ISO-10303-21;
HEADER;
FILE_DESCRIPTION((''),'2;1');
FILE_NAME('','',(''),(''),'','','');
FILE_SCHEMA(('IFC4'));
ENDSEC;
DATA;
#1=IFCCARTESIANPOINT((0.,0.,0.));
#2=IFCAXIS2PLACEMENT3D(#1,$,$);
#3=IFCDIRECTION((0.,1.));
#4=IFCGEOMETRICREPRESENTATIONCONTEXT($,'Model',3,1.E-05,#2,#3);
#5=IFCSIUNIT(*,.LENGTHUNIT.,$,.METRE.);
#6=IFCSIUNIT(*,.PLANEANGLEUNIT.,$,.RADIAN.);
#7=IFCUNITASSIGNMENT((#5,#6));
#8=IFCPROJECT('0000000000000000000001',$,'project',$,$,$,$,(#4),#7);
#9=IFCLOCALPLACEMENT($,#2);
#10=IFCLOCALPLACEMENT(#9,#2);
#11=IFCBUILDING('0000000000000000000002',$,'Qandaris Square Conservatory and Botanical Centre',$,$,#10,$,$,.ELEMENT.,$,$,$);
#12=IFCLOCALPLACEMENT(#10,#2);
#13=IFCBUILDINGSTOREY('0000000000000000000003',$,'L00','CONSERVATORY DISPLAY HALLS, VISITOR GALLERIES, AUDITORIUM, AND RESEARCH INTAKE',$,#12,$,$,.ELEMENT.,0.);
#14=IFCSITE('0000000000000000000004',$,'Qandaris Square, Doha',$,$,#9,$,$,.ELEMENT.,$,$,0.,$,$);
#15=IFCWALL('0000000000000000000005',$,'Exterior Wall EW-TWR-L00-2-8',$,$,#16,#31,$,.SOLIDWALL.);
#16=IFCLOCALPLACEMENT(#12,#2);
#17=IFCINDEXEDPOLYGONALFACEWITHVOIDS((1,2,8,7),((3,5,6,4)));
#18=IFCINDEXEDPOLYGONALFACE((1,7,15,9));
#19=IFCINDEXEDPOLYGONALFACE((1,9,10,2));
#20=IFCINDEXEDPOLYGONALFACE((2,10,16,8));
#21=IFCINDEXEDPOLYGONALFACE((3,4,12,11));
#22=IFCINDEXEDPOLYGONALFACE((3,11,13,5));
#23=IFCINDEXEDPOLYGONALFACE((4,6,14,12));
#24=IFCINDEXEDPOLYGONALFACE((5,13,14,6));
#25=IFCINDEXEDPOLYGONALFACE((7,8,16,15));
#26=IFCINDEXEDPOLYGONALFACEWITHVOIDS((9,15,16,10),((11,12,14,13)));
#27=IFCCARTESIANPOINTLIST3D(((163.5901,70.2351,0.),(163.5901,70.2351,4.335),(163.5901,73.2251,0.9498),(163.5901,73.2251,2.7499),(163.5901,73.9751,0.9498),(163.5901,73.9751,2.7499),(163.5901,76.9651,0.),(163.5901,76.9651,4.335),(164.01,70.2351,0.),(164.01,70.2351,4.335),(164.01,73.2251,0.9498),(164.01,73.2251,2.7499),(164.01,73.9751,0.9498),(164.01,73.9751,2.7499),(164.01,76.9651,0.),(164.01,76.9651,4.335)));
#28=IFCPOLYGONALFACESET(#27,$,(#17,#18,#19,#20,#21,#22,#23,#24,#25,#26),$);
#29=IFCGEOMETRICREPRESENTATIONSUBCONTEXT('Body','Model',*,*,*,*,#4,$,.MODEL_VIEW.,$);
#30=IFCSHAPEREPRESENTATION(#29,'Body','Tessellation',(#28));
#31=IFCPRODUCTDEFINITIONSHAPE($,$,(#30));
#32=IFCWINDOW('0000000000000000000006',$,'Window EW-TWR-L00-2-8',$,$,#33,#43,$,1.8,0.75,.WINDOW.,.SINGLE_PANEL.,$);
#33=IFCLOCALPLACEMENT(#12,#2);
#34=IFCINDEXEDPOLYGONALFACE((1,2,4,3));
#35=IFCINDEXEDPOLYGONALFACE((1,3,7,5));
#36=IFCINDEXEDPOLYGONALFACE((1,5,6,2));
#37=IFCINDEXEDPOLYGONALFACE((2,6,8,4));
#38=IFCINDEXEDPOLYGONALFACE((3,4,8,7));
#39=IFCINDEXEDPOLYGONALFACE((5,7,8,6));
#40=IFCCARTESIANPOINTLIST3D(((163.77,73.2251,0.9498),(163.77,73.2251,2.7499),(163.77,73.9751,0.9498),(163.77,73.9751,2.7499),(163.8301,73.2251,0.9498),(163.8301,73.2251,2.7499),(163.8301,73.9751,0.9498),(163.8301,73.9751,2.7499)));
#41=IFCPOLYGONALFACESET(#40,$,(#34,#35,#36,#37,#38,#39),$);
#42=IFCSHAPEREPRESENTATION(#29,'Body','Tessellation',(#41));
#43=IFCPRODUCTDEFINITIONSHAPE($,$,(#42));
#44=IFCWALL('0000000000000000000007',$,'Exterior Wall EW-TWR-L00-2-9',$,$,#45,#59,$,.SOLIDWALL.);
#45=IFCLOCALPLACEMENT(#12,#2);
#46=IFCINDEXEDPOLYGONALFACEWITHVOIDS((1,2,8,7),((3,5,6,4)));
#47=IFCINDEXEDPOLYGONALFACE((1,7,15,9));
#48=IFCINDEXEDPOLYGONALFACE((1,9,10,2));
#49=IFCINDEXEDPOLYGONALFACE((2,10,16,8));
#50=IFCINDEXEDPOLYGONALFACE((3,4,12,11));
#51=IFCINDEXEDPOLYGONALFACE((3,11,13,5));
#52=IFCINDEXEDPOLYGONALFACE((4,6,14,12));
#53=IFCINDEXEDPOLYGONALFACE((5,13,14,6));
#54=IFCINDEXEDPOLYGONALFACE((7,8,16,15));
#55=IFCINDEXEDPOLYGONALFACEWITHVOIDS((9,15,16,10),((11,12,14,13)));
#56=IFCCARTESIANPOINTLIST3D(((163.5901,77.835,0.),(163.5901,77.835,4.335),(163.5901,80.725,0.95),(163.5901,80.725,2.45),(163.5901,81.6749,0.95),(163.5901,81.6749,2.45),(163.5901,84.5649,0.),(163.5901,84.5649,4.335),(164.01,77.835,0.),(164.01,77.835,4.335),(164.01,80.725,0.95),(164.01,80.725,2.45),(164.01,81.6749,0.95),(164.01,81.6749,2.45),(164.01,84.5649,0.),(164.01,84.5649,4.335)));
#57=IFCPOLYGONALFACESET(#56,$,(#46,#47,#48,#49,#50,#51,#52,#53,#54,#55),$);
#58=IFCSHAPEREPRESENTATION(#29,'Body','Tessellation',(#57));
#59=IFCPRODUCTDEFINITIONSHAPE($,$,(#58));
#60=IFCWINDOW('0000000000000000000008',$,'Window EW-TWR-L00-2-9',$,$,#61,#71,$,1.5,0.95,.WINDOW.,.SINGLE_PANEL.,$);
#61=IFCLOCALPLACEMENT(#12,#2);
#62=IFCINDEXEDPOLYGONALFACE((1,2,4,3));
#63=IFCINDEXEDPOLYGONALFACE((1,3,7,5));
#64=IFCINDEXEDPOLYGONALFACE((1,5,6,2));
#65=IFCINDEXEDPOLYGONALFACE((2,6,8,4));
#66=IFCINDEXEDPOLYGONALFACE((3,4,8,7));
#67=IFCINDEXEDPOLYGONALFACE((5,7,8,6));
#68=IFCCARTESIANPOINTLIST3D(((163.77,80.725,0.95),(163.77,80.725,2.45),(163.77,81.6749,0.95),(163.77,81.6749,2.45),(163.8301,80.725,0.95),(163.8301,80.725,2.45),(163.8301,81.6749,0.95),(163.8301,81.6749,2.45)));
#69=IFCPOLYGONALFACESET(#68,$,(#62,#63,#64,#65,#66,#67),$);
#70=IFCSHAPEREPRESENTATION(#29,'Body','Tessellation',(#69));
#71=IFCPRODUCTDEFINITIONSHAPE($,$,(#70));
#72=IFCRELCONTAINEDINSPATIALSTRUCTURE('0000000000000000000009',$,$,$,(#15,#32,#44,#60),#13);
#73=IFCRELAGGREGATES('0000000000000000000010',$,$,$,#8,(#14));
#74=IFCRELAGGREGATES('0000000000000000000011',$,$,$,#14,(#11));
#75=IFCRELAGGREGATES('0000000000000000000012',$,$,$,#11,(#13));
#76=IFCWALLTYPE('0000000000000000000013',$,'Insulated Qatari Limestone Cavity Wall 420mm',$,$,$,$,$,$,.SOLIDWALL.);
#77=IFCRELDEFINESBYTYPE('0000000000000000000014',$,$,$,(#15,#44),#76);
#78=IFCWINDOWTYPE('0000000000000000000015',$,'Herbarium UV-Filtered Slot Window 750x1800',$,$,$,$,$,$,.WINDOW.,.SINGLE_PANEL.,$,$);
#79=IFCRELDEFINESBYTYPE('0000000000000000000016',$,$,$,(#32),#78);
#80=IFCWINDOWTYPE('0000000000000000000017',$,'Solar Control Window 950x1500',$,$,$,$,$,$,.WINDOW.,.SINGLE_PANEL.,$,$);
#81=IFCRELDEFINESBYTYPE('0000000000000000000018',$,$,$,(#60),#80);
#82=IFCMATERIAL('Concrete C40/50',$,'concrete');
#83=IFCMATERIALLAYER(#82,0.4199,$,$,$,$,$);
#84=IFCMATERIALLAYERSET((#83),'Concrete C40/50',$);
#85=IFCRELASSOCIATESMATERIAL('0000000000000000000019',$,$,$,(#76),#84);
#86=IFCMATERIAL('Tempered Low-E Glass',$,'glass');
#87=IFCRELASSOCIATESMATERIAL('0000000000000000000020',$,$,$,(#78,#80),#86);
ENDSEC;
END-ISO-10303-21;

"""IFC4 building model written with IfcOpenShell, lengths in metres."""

from ifc_helpers import new_model, si_unit, direction, frame, frame_2d, origin, place, context, subcontext, project, spatial, rectangle, extrude, material, layer, layer_set, type_object, element, fill, save


model = new_model("IFC4")

# Units and contexts
model_context = context("Model", 3, precision=1e-05, world=origin(), true_north=direction((0.0, 1.0)))
body_context = subcontext(model_context, "Body", "Model", "MODEL_VIEW")
ifc_project = project(units=[si_unit("LENGTHUNIT", "METRE"), si_unit("PLANEANGLEUNIT", "RADIAN")], contexts=[model_context])

# Site, building, storey
site_placement = place(None, origin())
site = spatial("IfcSite", under=ifc_project, at=site_placement, Name="Qandaris Square, Doha", CompositionType="ELEMENT", RefElevation=0.0)
building_placement = place(site_placement, origin())
building = spatial("IfcBuilding", under=site, at=building_placement, Name="Qandaris Square Conservatory and Botanical Centre", CompositionType="ELEMENT")
storey_placement = place(building_placement, origin())
storey = spatial("IfcBuildingStorey", under=building, at=storey_placement, Name="L00", Description="CONSERVATORY DISPLAY HALLS, VISITOR GALLERIES, AUDITORIUM, AND RESEARCH INTAKE", CompositionType="ELEMENT", Elevation=0.0)

# Shared definitions
ifc_material_1 = material(Name="Concrete C40/50", Category="concrete")

# Walls, openings, windows
ifc_layer = layer(ifc_material_1, 0.4199)
ifc_layer_set = layer_set([ifc_layer], Name="Concrete C40/50")
wall_type = type_object("IfcWallType", Name="Insulated Qatari Limestone Cavity Wall 420mm", PredefinedType="SOLIDWALL", material=ifc_layer_set)
wall_1_placement = place(storey_placement, frame((163.8, 70.2351, 0.0), z_axis=(0.0, 0.0, 1.0), x_axis=(0.0, 1.0, 0.0)))
wall_1 = element("IfcWall", 1, at=wall_1_placement, inside=storey, type_object=wall_type, Name="Exterior Wall EW-TWR-L00-2-8", PredefinedType="SOLIDWALL", context=body_context, shape_type="SweptSolid", body=[
    extrude(rectangle(XDim=6.73, YDim=0.4199, at=frame_2d((3.365, 0.0))), origin(), (0.0, 0.0, 1.0), 4.335),
])
opening_1_placement = place(wall_1_placement, frame((2.99, 0.0, 0.95)))
opening_1 = element("IfcOpeningElement", 2, at=opening_1_placement, cuts=wall_1, PredefinedType="OPENING", context=body_context, shape_type="SweptSolid", body=[
    extrude(rectangle(XDim=0.75, YDim=1.8, at=frame_2d((0.375, 0.8999))), frame((0.0, 0.2219, 0.0), z_axis=(0.0, -1.0, 0.0), x_axis=(1.0, 0.0, 0.0)), (0.0, 0.0, 1.0), 0.4438),
])
ifc_material_2 = material(Name="Tempered Low-E Glass", Category="glass")
window_type_1 = type_object("IfcWindowType", Name="Herbarium UV-Filtered Slot Window 750x1800", PartitioningType="SINGLE_PANEL", PredefinedType="WINDOW", material=ifc_material_2)
window_1_placement = place(opening_1_placement, origin())
window_1 = element("IfcWindow", 3, at=window_1_placement, inside=storey, type_object=window_type_1, Name="Window EW-TWR-L00-2-8", OverallHeight=1.8, OverallWidth=0.75, PartitioningType="SINGLE_PANEL", PredefinedType="WINDOW", context=body_context, shape_type="SweptSolid", body=[
    extrude(rectangle(XDim=0.75, YDim=1.8, at=frame_2d((0.375, 0.8999))), frame((0.0, 0.03, 0.0), z_axis=(0.0, -1.0, 0.0), x_axis=(1.0, 0.0, 0.0)), (0.0, 0.0, 1.0), 0.0601),
])
fill(opening_1, window_1)
wall_2_placement = place(storey_placement, frame((163.8, 77.835, 0.0), z_axis=(0.0, 0.0, 1.0), x_axis=(0.0, 1.0, 0.0)))
wall_2 = element("IfcWall", 4, at=wall_2_placement, inside=storey, type_object=wall_type, Name="Exterior Wall EW-TWR-L00-2-9", PredefinedType="SOLIDWALL", context=body_context, shape_type="SweptSolid", body=[
    extrude(rectangle(XDim=6.73, YDim=0.4199, at=frame_2d((3.365, 0.0))), origin(), (0.0, 0.0, 1.0), 4.335),
])
opening_2_placement = place(wall_2_placement, frame((2.8899, 0.0, 0.95)))
opening_2 = element("IfcOpeningElement", 5, at=opening_2_placement, cuts=wall_2, PredefinedType="OPENING", context=body_context, shape_type="SweptSolid", body=[
    extrude(rectangle(XDim=0.95, YDim=1.5, at=frame_2d((0.4751, 0.75))), frame((0.0, 0.2219, 0.0), z_axis=(0.0, -1.0, 0.0), x_axis=(1.0, 0.0, 0.0)), (0.0, 0.0, 1.0), 0.4438),
])
window_type_2 = type_object("IfcWindowType", Name="Solar Control Window 950x1500", PartitioningType="SINGLE_PANEL", PredefinedType="WINDOW", material=ifc_material_2)
window_2_placement = place(opening_2_placement, origin())
window_2 = element("IfcWindow", 6, at=window_2_placement, inside=storey, type_object=window_type_2, Name="Window EW-TWR-L00-2-9", OverallHeight=1.5, OverallWidth=0.95, PartitioningType="SINGLE_PANEL", PredefinedType="WINDOW", context=body_context, shape_type="SweptSolid", body=[
    extrude(rectangle(XDim=0.95, YDim=1.5, at=frame_2d((0.4751, 0.75))), frame((0.0, 0.03, 0.0), z_axis=(0.0, -1.0, 0.0), x_axis=(1.0, 0.0, 0.0)), (0.0, 0.0, 1.0), 0.0601),
])
fill(opening_2, window_2)

save(model, "model.ifc")
